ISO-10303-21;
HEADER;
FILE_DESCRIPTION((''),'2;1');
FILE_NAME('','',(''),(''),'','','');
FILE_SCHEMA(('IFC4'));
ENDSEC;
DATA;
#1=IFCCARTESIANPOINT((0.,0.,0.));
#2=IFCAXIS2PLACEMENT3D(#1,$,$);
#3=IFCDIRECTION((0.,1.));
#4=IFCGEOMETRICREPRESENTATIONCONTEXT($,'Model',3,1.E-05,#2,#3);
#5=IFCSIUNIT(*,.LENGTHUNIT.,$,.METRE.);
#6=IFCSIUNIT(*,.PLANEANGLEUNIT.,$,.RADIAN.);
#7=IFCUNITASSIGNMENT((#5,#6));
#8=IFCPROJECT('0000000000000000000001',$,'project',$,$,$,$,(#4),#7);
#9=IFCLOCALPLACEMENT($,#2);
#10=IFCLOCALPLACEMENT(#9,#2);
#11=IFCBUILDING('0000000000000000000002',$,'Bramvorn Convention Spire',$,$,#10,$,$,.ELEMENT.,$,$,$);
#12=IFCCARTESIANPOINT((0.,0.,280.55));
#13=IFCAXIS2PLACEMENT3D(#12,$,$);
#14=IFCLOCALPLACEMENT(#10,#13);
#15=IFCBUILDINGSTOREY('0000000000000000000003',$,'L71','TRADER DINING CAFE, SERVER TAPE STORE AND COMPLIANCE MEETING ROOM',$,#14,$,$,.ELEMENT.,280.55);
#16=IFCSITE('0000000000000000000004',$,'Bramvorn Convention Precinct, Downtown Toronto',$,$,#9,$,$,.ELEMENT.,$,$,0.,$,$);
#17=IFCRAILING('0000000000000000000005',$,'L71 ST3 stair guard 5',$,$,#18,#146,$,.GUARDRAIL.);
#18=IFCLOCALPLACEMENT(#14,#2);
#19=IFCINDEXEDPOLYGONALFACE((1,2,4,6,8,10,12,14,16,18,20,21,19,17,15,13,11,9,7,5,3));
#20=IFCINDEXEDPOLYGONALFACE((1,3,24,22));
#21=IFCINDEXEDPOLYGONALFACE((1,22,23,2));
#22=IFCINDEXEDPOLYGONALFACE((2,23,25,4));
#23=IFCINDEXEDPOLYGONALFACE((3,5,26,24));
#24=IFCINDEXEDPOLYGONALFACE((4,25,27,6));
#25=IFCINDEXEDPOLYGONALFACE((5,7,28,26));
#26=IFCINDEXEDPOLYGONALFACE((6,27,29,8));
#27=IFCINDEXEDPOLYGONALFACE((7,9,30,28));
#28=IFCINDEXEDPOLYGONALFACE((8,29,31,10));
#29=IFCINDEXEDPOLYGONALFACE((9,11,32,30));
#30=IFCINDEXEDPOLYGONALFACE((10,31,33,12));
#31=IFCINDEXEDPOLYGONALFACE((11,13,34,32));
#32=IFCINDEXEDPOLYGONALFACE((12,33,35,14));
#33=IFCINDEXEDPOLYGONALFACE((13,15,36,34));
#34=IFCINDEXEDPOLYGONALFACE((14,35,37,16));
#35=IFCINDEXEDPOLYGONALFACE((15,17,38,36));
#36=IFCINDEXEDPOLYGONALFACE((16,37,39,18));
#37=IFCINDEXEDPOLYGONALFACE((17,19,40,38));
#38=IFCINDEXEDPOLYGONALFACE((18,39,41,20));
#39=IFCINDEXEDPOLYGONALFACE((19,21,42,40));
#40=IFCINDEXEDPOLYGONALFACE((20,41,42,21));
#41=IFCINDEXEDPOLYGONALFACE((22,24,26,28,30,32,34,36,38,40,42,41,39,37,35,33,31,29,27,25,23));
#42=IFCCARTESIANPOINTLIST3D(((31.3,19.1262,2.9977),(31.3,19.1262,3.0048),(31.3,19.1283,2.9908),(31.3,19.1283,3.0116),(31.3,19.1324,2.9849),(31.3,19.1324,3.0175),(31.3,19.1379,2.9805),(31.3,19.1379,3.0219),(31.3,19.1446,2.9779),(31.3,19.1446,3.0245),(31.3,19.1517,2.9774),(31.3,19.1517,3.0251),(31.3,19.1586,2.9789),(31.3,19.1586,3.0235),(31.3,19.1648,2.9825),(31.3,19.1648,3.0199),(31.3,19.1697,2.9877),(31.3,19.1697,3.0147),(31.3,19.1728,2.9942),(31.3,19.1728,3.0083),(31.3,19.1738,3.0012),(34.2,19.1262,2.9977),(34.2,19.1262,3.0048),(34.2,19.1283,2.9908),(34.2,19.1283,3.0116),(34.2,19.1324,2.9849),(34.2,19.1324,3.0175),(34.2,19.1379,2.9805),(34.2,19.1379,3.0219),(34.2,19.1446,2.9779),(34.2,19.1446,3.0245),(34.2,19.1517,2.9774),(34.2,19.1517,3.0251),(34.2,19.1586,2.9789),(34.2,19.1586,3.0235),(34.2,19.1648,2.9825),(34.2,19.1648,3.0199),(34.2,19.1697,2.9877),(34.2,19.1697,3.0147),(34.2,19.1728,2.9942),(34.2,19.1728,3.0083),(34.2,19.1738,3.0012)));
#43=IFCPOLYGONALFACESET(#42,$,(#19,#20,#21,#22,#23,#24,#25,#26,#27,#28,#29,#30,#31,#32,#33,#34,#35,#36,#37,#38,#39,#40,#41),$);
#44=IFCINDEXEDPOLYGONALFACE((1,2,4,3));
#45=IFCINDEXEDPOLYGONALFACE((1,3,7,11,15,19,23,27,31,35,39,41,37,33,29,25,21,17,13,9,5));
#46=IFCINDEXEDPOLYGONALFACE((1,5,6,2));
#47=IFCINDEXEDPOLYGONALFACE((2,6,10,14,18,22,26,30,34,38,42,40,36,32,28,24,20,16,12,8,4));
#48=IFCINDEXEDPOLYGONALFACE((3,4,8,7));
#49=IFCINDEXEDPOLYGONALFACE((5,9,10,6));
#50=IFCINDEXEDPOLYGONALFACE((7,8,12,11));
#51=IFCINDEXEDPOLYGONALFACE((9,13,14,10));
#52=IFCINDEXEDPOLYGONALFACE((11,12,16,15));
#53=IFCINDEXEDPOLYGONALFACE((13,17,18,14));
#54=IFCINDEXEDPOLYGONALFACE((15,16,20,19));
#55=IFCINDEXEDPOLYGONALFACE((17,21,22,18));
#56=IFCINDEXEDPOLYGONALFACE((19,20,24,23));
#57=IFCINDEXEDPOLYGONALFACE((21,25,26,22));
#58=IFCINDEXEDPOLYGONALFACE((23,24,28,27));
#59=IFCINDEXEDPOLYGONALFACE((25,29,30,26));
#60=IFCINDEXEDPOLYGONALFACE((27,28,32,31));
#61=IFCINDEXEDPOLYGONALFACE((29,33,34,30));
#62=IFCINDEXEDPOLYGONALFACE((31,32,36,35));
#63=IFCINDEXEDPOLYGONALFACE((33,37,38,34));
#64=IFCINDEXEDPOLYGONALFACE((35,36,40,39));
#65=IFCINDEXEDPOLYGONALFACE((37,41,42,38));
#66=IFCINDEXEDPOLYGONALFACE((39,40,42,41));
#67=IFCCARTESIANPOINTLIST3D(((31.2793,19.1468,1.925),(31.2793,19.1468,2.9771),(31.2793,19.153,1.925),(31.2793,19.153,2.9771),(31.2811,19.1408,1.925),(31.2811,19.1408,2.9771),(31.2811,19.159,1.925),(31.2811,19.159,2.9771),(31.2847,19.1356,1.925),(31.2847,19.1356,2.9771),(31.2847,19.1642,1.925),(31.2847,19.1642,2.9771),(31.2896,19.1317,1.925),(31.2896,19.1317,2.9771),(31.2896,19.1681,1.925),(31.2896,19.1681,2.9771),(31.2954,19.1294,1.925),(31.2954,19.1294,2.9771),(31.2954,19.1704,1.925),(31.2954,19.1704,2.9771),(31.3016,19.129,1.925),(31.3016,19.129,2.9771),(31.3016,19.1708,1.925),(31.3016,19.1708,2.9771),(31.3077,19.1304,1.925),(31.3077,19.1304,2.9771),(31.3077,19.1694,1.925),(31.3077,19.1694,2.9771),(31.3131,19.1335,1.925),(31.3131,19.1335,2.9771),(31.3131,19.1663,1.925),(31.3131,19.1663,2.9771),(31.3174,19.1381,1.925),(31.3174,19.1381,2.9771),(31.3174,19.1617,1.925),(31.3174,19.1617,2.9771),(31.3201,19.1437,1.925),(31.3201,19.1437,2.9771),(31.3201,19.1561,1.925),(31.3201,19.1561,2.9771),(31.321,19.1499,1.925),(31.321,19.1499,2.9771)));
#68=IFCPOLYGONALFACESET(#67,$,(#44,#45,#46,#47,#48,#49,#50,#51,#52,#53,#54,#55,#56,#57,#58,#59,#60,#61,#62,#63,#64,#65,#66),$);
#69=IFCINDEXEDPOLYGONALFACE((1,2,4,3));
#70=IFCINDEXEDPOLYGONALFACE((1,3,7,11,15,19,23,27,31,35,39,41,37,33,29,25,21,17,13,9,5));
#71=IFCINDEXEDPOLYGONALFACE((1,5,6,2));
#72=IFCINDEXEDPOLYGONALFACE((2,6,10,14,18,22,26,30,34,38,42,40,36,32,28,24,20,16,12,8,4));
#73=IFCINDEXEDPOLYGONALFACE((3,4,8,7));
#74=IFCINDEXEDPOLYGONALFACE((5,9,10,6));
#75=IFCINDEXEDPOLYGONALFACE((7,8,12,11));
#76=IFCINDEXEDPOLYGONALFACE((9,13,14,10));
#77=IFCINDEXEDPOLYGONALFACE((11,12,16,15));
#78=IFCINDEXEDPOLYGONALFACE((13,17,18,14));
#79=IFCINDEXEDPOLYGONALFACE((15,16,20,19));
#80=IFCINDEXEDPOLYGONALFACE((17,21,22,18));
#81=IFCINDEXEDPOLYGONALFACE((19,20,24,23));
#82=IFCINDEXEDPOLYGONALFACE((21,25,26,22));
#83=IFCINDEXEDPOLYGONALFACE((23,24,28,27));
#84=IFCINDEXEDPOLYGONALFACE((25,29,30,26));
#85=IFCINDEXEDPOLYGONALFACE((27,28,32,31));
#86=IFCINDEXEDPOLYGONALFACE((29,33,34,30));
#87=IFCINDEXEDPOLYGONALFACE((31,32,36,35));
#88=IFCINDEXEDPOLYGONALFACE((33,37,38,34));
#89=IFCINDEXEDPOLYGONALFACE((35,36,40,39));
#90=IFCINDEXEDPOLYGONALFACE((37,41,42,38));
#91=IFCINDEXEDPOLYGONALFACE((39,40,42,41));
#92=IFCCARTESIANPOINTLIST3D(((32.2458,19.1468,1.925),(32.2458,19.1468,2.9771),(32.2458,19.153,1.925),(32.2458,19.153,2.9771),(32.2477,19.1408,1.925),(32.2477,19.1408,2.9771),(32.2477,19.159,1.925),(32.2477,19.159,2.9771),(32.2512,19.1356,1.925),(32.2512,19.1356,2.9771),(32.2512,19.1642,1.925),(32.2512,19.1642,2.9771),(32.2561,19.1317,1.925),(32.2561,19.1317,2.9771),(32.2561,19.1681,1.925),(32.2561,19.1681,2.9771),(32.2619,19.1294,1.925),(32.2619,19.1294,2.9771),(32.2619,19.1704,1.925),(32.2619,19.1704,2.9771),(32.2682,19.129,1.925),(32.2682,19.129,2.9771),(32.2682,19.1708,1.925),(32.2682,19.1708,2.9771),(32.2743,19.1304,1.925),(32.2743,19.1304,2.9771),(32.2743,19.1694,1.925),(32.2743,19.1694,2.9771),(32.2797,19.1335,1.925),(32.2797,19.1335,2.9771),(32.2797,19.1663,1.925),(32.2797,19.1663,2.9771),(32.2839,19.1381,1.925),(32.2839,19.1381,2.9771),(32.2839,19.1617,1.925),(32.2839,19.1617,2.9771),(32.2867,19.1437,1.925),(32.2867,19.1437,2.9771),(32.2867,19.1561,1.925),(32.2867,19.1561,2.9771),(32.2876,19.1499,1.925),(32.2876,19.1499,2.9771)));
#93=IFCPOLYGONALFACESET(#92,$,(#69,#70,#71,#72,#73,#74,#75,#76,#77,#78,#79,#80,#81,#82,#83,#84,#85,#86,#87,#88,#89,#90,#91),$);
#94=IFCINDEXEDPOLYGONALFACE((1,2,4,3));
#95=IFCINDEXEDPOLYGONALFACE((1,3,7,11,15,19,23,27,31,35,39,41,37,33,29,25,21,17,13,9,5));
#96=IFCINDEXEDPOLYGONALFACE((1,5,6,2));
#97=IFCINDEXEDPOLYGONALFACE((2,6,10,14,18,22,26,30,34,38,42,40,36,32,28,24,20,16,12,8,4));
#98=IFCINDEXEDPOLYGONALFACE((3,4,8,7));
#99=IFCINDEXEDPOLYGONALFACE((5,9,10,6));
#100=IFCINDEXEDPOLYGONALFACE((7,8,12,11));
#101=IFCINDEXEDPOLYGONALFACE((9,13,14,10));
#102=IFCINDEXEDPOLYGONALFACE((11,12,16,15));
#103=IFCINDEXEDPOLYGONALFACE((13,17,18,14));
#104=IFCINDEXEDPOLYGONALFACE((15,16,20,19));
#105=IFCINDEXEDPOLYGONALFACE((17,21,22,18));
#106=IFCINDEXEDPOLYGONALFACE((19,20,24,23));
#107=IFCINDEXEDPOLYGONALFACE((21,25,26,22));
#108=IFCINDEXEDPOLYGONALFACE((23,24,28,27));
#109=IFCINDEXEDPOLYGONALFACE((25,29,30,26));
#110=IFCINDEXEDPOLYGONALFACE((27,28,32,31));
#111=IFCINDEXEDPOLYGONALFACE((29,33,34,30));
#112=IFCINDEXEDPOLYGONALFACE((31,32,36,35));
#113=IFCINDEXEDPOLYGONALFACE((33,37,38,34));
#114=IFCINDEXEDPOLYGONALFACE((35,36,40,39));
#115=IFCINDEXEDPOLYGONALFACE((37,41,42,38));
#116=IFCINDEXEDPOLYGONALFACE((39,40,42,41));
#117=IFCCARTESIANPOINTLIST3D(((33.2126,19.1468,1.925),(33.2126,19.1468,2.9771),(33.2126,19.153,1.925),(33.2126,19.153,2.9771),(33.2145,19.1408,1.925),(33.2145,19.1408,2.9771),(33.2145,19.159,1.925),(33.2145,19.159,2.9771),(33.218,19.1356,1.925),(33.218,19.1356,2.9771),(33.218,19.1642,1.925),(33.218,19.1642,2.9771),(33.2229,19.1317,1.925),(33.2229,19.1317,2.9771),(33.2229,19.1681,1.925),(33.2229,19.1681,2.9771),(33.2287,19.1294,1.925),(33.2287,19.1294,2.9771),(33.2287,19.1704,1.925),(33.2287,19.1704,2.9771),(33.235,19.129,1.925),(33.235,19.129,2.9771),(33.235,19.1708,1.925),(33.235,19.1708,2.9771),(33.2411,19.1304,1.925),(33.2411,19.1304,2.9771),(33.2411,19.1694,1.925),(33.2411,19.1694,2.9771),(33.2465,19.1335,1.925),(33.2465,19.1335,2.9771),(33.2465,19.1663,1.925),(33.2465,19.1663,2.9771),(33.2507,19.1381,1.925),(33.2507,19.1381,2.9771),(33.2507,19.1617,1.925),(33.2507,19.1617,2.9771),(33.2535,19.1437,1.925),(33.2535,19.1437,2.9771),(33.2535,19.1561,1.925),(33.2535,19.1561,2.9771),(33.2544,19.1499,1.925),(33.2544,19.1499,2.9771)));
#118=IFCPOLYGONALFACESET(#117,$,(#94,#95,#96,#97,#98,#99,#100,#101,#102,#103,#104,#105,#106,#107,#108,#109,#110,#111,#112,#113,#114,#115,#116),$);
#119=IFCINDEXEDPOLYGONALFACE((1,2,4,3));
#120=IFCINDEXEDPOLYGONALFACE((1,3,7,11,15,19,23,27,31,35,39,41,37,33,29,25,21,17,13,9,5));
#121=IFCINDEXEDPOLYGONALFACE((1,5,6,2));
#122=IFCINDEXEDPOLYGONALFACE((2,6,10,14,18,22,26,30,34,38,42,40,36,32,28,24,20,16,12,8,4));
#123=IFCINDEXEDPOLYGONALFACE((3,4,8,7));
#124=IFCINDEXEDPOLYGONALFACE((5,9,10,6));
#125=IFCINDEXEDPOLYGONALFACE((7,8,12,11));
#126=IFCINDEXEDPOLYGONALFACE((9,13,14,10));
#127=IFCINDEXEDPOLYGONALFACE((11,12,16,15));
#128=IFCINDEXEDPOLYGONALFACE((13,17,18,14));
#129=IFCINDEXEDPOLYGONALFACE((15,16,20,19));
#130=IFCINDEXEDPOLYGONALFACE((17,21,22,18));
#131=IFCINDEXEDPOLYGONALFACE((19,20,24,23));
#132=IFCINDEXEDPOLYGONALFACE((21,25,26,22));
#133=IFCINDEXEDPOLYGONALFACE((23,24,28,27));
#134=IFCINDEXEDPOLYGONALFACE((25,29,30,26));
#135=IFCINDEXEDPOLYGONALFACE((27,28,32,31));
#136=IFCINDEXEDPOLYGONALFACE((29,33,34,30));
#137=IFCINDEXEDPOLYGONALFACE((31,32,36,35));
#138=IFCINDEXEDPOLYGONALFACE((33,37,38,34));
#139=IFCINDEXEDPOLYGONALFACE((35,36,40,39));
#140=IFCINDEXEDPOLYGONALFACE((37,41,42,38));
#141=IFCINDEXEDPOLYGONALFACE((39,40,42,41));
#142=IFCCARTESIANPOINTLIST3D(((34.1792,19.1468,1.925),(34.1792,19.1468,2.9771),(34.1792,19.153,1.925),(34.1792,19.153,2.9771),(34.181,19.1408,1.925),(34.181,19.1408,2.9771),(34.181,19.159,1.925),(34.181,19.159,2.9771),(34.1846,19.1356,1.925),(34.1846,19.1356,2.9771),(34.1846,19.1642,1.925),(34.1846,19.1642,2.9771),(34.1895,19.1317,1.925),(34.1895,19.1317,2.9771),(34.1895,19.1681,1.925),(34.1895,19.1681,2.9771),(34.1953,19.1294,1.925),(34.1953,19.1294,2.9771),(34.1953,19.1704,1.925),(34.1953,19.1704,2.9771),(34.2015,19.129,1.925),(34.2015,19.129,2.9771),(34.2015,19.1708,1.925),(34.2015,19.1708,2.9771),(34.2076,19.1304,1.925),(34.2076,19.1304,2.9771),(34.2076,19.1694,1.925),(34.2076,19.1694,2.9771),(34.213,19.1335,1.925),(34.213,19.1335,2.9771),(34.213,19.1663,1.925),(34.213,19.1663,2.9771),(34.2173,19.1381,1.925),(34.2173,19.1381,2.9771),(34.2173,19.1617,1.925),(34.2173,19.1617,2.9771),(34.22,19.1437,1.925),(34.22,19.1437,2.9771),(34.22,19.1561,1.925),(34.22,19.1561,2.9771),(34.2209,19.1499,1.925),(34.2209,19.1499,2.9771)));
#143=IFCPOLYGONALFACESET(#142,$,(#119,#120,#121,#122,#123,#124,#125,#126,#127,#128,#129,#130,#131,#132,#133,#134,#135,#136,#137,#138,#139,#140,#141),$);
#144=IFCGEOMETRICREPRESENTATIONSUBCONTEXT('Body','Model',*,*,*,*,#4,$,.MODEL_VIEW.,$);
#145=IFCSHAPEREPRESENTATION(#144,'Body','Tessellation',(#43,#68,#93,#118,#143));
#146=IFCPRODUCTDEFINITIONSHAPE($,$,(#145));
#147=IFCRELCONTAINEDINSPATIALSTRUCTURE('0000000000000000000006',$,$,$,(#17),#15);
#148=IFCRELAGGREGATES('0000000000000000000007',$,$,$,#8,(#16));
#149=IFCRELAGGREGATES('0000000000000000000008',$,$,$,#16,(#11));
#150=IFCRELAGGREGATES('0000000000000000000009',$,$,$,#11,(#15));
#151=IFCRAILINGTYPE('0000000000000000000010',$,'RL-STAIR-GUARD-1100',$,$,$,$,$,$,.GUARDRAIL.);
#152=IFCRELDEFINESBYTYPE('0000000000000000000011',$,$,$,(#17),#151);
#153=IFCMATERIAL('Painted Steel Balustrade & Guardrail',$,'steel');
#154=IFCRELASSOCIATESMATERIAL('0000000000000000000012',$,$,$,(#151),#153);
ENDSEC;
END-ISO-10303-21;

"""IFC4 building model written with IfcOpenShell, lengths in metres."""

from ifc_helpers import new_model, si_unit, direction, frame, origin, origin_2d, place, context, subcontext, project, spatial, circle, extrude, material, type_object, element, save


model = new_model("IFC4")

# Units and contexts
model_context = context("Model", 3, precision=1e-05, world=origin(), true_north=direction((0.0, 1.0)))
body_context = subcontext(model_context, "Body", "Model", "MODEL_VIEW")
ifc_project = project(units=[si_unit("LENGTHUNIT", "METRE"), si_unit("PLANEANGLEUNIT", "RADIAN")], contexts=[model_context])

# Site, building, storey
site_placement = place(None, origin())
site = spatial("IfcSite", under=ifc_project, at=site_placement, Name="Bramvorn Convention Precinct, Downtown Toronto", CompositionType="ELEMENT", RefElevation=0.0)
building_placement = place(site_placement, origin())
building = spatial("IfcBuilding", under=site, at=building_placement, Name="Bramvorn Convention Spire", CompositionType="ELEMENT")
storey_placement = place(building_placement, frame((0.0, 0.0, 280.55)))
storey = spatial("IfcBuildingStorey", under=building, at=storey_placement, Name="L71", Description="TRADER DINING CAFE, SERVER TAPE STORE AND COMPLIANCE MEETING ROOM", CompositionType="ELEMENT", Elevation=280.55)

# Railing
ifc_material_1 = material(Name="Painted Steel Balustrade & Guardrail", Category="steel")
railing_type_1 = type_object("IfcRailingType", Name="RL-STAIR-GUARD-1100", PredefinedType="GUARDRAIL", material=ifc_material_1)
railing_1_placement = place(storey_placement, frame((31.3, 19.1499, 1.925)))
element("IfcRailing", 1, at=railing_1_placement, inside=storey, type_object=railing_type_1, Name="L71 ST3 stair guard 5", PredefinedType="GUARDRAIL", context=body_context, shape_type="SweptSolid", body=[
    extrude(circle(Radius=0.0239, at=origin_2d()), frame((0.0, 0.0, 1.0762), z_axis=(1.0, 0.0, 0.0), x_axis=(0.0, 1.0, 0.0)), (0.0, 0.0, 1.0), 2.8999),
    extrude(circle(Radius=0.021, at=origin_2d()), origin(), (0.0, 0.0, 1.0), 1.052),
    extrude(circle(Radius=0.021, at=origin_2d()), frame((0.9666, 0.0, 0.0)), (0.0, 0.0, 1.0), 1.052),
    extrude(circle(Radius=0.021, at=origin_2d()), frame((1.9333, 0.0, 0.0)), (0.0, 0.0, 1.0), 1.052),
    extrude(circle(Radius=0.021, at=origin_2d()), frame((2.8999, 0.0, 0.0)), (0.0, 0.0, 1.0), 1.052),
])

save(model, "model.ifc")
